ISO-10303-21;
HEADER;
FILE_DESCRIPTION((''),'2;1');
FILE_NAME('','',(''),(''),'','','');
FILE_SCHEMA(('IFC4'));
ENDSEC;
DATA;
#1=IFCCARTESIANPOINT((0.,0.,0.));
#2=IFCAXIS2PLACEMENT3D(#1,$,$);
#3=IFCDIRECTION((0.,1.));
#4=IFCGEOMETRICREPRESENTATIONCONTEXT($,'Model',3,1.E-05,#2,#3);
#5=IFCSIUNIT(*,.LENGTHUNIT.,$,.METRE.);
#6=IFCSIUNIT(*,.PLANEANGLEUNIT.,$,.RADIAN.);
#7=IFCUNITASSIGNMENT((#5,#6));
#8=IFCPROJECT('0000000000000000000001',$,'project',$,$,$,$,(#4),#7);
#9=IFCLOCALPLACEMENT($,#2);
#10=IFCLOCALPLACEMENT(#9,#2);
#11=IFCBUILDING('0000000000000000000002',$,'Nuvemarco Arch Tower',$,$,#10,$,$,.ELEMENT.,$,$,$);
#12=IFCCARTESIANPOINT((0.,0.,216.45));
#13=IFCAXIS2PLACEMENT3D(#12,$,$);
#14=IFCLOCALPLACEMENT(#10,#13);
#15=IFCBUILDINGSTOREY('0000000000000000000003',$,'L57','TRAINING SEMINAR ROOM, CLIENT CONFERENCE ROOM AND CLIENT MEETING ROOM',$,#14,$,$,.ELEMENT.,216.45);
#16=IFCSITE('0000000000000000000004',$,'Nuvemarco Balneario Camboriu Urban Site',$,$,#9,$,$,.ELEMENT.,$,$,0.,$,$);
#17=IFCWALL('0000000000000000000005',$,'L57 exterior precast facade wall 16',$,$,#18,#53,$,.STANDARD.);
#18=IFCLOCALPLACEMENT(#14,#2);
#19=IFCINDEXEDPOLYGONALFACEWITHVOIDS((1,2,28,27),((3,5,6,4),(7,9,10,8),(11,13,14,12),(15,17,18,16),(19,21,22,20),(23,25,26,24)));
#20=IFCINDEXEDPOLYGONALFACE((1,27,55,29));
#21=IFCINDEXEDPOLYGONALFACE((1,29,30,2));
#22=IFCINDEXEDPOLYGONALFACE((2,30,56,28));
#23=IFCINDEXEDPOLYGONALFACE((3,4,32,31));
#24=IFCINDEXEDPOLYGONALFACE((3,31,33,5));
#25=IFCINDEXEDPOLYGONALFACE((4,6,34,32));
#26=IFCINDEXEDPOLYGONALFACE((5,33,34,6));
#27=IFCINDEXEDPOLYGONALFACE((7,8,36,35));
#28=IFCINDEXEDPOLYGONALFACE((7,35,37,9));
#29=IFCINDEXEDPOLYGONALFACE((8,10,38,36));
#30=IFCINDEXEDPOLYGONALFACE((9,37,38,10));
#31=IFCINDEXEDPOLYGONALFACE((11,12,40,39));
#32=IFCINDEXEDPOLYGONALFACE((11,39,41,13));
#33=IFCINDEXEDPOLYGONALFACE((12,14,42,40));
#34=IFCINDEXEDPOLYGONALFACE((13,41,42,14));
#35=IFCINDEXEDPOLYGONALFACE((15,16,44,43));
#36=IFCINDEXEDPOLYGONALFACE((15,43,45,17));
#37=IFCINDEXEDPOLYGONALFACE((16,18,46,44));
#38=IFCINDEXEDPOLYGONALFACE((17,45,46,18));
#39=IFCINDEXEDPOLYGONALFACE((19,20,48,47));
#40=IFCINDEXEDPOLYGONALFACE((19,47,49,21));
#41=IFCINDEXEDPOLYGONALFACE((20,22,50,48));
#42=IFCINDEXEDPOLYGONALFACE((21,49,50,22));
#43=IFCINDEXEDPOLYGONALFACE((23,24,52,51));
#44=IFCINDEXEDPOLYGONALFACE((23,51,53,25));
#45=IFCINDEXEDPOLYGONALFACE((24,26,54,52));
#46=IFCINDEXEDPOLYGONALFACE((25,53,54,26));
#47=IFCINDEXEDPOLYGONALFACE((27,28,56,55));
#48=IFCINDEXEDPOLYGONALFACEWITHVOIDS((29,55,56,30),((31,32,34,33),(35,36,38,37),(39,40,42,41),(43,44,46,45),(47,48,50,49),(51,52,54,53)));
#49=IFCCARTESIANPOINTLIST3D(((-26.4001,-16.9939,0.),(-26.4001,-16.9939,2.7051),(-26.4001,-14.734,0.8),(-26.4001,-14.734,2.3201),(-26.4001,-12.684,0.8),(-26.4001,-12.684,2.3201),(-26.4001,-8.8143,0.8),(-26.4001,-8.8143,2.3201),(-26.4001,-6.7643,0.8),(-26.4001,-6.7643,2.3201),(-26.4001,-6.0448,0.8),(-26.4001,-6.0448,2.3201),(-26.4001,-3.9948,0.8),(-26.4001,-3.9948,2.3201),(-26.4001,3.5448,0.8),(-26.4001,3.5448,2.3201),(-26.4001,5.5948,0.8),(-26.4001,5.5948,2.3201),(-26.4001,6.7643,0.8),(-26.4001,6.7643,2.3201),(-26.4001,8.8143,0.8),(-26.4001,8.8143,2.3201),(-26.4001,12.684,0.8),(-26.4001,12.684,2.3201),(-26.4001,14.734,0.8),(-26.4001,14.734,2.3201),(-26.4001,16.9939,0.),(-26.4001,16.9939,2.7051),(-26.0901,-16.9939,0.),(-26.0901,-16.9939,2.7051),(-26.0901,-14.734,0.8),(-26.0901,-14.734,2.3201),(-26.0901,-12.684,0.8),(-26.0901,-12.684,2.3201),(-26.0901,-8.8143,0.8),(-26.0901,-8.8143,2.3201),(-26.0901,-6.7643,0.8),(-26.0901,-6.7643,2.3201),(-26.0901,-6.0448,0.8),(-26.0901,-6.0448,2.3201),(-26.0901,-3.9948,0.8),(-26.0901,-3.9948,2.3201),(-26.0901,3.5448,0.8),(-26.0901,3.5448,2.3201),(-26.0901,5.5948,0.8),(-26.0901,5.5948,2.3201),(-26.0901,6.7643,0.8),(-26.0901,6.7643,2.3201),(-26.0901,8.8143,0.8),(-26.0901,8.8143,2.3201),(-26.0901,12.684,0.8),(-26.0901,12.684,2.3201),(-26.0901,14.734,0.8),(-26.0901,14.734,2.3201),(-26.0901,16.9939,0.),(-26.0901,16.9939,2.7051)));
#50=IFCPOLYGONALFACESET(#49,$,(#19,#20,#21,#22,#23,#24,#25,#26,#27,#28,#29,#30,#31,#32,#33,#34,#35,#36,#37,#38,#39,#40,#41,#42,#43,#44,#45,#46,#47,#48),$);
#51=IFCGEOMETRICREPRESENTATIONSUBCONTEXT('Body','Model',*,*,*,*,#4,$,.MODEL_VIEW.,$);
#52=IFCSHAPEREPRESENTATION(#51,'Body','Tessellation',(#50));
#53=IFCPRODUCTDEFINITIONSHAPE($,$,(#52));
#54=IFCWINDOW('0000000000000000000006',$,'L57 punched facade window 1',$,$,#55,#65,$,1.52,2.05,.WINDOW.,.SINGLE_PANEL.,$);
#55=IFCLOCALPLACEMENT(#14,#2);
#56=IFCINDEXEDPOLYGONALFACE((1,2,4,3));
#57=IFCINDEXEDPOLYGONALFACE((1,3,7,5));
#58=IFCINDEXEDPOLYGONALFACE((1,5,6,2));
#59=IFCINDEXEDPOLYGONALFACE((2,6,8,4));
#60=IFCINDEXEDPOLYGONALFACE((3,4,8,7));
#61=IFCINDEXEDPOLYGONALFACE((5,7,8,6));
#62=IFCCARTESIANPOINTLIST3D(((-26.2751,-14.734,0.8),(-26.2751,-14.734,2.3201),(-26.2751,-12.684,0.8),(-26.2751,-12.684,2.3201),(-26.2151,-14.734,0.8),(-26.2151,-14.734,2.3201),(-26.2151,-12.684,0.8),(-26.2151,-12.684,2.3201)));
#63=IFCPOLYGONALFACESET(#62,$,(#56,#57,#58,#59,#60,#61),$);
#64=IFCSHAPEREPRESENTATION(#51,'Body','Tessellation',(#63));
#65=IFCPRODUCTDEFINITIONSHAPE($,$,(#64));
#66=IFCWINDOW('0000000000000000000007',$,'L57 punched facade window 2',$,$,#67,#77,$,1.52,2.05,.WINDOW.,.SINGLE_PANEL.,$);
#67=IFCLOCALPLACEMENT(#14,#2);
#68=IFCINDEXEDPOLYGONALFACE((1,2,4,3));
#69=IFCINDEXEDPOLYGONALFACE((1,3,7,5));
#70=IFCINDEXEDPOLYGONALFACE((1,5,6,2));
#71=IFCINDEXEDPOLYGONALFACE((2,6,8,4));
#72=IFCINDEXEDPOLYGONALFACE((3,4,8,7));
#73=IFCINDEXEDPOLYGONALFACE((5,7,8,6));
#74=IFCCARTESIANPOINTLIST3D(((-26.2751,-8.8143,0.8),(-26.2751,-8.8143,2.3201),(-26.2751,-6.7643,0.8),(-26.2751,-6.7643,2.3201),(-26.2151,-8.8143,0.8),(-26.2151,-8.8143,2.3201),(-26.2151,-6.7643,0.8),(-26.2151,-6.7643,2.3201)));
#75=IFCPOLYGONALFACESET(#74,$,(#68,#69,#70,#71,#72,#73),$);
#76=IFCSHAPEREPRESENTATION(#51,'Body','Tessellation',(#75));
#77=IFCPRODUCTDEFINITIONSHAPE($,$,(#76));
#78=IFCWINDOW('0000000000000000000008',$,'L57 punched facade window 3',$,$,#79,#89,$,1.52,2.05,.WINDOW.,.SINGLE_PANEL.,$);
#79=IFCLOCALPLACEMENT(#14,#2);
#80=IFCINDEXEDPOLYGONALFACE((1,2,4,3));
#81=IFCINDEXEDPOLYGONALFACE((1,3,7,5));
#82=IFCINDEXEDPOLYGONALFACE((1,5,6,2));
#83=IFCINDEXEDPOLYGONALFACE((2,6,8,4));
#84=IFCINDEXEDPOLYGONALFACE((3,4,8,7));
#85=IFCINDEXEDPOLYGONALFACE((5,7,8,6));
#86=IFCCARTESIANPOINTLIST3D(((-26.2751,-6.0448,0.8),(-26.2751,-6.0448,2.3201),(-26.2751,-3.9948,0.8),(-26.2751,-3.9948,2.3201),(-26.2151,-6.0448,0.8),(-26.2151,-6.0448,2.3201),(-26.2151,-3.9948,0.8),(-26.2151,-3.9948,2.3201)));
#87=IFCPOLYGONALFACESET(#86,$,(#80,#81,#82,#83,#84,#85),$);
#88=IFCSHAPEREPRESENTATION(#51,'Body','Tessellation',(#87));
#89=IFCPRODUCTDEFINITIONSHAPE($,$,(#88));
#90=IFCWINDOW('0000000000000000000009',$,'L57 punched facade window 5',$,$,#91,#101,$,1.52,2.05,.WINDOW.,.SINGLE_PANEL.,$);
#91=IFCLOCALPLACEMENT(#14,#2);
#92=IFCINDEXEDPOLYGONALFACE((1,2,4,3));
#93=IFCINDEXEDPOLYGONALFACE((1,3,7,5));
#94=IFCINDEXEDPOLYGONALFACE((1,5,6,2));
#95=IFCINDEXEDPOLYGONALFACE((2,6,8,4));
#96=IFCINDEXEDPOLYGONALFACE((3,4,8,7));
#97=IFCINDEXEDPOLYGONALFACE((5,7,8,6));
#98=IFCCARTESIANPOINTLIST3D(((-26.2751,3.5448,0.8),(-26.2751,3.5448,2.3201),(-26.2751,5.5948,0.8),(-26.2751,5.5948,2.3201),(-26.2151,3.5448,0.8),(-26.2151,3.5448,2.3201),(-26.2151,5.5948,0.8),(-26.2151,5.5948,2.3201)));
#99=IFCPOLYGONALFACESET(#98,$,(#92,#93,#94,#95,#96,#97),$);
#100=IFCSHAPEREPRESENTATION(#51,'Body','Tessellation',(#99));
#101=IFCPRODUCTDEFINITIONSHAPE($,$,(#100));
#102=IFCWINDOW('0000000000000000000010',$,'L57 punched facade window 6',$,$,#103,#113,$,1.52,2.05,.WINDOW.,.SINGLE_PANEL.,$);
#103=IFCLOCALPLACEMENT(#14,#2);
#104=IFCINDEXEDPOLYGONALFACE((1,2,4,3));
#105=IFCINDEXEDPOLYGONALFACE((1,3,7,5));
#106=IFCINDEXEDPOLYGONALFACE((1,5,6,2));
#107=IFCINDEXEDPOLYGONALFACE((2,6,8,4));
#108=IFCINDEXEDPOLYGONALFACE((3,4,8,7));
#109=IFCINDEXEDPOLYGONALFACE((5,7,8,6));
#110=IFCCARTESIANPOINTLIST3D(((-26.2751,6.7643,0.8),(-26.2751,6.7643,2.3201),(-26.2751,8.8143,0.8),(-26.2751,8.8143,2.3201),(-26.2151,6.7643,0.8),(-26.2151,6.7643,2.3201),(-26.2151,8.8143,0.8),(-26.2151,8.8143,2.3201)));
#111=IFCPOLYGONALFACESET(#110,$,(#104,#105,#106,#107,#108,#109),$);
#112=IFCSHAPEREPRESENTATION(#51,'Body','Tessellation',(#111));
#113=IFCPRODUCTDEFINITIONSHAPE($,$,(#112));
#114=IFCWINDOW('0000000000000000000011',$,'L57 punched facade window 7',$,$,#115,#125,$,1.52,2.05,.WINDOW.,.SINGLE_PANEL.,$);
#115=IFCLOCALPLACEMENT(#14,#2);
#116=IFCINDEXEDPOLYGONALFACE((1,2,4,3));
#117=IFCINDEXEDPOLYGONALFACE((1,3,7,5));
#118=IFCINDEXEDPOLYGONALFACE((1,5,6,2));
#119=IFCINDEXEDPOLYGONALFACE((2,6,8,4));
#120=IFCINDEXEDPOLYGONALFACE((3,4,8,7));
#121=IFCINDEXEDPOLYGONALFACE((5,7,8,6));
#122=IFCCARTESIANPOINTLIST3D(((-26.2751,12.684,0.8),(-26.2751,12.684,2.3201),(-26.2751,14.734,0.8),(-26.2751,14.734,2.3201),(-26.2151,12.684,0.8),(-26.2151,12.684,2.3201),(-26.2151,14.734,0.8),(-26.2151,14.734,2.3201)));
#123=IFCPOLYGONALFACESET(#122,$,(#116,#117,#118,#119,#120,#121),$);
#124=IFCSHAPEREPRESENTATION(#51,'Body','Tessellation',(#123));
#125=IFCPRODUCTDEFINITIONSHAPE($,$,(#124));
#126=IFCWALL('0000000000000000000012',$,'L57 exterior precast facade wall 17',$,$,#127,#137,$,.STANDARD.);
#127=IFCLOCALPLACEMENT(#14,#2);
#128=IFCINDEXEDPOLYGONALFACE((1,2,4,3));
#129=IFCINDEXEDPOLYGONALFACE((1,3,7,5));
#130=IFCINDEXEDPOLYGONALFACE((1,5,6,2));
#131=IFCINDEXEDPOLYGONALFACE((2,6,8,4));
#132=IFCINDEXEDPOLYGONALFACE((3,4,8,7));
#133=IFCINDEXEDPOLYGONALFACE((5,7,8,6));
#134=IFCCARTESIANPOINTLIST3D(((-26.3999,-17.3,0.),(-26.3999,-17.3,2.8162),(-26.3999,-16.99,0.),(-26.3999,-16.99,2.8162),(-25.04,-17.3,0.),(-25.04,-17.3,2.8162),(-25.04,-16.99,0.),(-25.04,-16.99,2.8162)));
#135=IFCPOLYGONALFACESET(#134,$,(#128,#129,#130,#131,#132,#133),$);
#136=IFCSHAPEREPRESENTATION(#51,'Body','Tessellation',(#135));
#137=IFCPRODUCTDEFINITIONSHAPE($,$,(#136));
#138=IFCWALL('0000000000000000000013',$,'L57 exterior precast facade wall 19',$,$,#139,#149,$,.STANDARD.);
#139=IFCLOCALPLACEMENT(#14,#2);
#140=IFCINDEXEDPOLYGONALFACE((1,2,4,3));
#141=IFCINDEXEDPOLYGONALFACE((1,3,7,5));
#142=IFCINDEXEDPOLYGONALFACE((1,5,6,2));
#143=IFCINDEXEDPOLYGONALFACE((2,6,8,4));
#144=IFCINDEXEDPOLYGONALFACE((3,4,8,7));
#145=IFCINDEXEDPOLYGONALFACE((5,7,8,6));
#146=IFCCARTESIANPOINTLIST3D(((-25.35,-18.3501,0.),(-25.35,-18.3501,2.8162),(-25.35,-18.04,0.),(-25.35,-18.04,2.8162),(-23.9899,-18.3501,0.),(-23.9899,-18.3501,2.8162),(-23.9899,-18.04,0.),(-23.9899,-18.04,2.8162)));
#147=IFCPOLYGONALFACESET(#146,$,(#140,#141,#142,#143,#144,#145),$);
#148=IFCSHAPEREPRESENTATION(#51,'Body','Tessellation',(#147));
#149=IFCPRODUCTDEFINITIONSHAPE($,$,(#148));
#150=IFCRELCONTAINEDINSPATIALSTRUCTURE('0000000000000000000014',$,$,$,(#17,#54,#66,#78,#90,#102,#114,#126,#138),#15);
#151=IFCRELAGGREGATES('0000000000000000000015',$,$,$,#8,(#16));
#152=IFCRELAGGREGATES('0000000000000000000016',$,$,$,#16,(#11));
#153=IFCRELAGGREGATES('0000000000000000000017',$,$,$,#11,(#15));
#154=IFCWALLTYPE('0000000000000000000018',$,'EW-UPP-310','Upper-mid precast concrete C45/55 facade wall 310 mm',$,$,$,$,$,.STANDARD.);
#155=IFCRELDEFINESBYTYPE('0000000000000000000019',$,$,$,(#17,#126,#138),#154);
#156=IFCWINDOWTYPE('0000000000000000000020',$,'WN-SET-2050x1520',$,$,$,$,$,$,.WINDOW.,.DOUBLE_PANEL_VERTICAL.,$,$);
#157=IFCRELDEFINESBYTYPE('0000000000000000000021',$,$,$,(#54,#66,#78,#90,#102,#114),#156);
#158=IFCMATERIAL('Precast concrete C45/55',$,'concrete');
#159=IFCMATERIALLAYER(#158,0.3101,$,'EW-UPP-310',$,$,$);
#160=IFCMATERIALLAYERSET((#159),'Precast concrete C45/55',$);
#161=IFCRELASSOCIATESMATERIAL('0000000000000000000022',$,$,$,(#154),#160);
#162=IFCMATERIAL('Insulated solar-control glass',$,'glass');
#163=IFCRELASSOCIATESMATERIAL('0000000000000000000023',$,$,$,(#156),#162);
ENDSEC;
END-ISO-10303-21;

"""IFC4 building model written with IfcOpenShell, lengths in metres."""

from ifc_helpers import new_model, si_unit, direction, frame, frame_2d, origin, place, context, subcontext, project, spatial, rectangle, extrude, source, transform, mapped, material, layer, layer_set, type_object, type_shapes, element, fill, save


model = new_model("IFC4")

# Units and contexts
model_context = context("Model", 3, precision=1e-05, world=origin(), true_north=direction((0.0, 1.0)))
body_context = subcontext(model_context, "Body", "Model", "MODEL_VIEW")
ifc_project = project(units=[si_unit("LENGTHUNIT", "METRE"), si_unit("PLANEANGLEUNIT", "RADIAN")], contexts=[model_context])

# Site, building, storey
site_placement = place(None, origin())
site = spatial("IfcSite", under=ifc_project, at=site_placement, Name="Nuvemarco Balneario Camboriu Urban Site", CompositionType="ELEMENT", RefElevation=0.0)
building_placement = place(site_placement, origin())
building = spatial("IfcBuilding", under=site, at=building_placement, Name="Nuvemarco Arch Tower", CompositionType="ELEMENT")
storey_placement = place(building_placement, frame((0.0, 0.0, 216.45)))
storey = spatial("IfcBuildingStorey", under=building, at=storey_placement, Name="L57", Description="TRAINING SEMINAR ROOM, CLIENT CONFERENCE ROOM AND CLIENT MEETING ROOM", CompositionType="ELEMENT", Elevation=216.45)

# Shared definitions
ifc_material_1 = material(Name="Precast concrete C45/55", Category="concrete")

# Wall, openings, windows
ifc_layer_1 = layer(ifc_material_1, 0.3101, Name="EW-UPP-310")
ifc_layer_set_1 = layer_set([ifc_layer_1], Name="Precast concrete C45/55")
wall_type_1 = type_object("IfcWallType", Name="EW-UPP-310", Description="Upper-mid precast concrete C45/55 facade wall 310 mm", PredefinedType="STANDARD", material=ifc_layer_set_1)
wall_1_placement = place(storey_placement, frame((-26.2451, -16.9939, 0.0), z_axis=(0.0, 0.0, 1.0), x_axis=(0.0, 1.0, 0.0)))
wall_1 = element("IfcWall", 1, at=wall_1_placement, inside=storey, type_object=wall_type_1, Name="L57 exterior precast facade wall 16", PredefinedType="STANDARD", context=body_context, shape_type="SweptSolid", body=[
    extrude(rectangle(XDim=33.9878, YDim=0.3101, at=frame_2d((16.9939, 0.0))), origin(), (0.0, 0.0, 1.0), 2.7051),
])
opening_1_placement = place(wall_1_placement, frame((2.26, 0.0, 0.8)))
opening_1 = element("IfcOpeningElement", 2, at=opening_1_placement, cuts=wall_1, PredefinedType="OPENING", context=body_context, shape_type="SweptSolid", body=[
    extrude(rectangle(XDim=2.05, YDim=1.52, at=frame_2d((1.0249, 0.76))), frame((0.0, 0.165, 0.0), z_axis=(0.0, -1.0, 0.0), x_axis=(1.0, 0.0, 0.0)), (0.0, 0.0, 1.0), 0.3301),
])
opening_2_placement = place(wall_1_placement, frame((8.1797, 0.0, 0.8)))
opening_2 = element("IfcOpeningElement", 3, at=opening_2_placement, cuts=wall_1, PredefinedType="OPENING", context=body_context, shape_type="SweptSolid", body=[
    extrude(rectangle(XDim=2.05, YDim=1.52, at=frame_2d((1.0249, 0.76))), frame((0.0, 0.165, 0.0), z_axis=(0.0, -1.0, 0.0), x_axis=(1.0, 0.0, 0.0)), (0.0, 0.0, 1.0), 0.3301),
])
opening_3_placement = place(wall_1_placement, frame((10.9492, 0.0, 0.8)))
opening_3 = element("IfcOpeningElement", 4, at=opening_3_placement, cuts=wall_1, PredefinedType="OPENING", context=body_context, shape_type="SweptSolid", body=[
    extrude(rectangle(XDim=2.05, YDim=1.52, at=frame_2d((1.0249, 0.76))), frame((0.0, 0.165, 0.0), z_axis=(0.0, -1.0, 0.0), x_axis=(1.0, 0.0, 0.0)), (0.0, 0.0, 1.0), 0.3301),
])
opening_4_placement = place(wall_1_placement, frame((20.5388, 0.0, 0.8)))
opening_4 = element("IfcOpeningElement", 5, at=opening_4_placement, cuts=wall_1, PredefinedType="OPENING", context=body_context, shape_type="SweptSolid", body=[
    extrude(rectangle(XDim=2.05, YDim=1.52, at=frame_2d((1.0249, 0.76))), frame((0.0, 0.165, 0.0), z_axis=(0.0, -1.0, 0.0), x_axis=(1.0, 0.0, 0.0)), (0.0, 0.0, 1.0), 0.3301),
])
opening_5_placement = place(wall_1_placement, frame((23.7583, 0.0, 0.8)))
opening_5 = element("IfcOpeningElement", 6, at=opening_5_placement, cuts=wall_1, PredefinedType="OPENING", context=body_context, shape_type="SweptSolid", body=[
    extrude(rectangle(XDim=2.05, YDim=1.52, at=frame_2d((1.0249, 0.76))), frame((0.0, 0.165, 0.0), z_axis=(0.0, -1.0, 0.0), x_axis=(1.0, 0.0, 0.0)), (0.0, 0.0, 1.0), 0.3301),
])
opening_6_placement = place(wall_1_placement, frame((29.678, 0.0, 0.8)))
opening_6 = element("IfcOpeningElement", 7, at=opening_6_placement, cuts=wall_1, PredefinedType="OPENING", context=body_context, shape_type="SweptSolid", body=[
    extrude(rectangle(XDim=2.05, YDim=1.52, at=frame_2d((1.0249, 0.76))), frame((0.0, 0.165, 0.0), z_axis=(0.0, -1.0, 0.0), x_axis=(1.0, 0.0, 0.0)), (0.0, 0.0, 1.0), 0.3301),
])
ifc_material_2 = material(Name="Insulated solar-control glass", Category="glass")
window_type = type_object("IfcWindowType", Name="WN-SET-2050x1520", PartitioningType="DOUBLE_PANEL_VERTICAL", PredefinedType="WINDOW", material=ifc_material_2)
shared_shape_1 = source(origin(), body_context, "Body", "SweptSolid", [
    extrude(rectangle(XDim=2.05, YDim=1.52, at=frame_2d((1.0249, 0.76))), frame((0.0, 0.03, 0.0), z_axis=(0.0, -1.0, 0.0), x_axis=(1.0, 0.0, 0.0)), (0.0, 0.0, 1.0), 0.0601),
])
type_shapes(window_type, [shared_shape_1])
window_1_placement = place(opening_1_placement, origin())
window_1 = element("IfcWindow", 8, at=window_1_placement, inside=storey, type_object=window_type, Name="L57 punched facade window 1", OverallHeight=1.52, OverallWidth=2.05, PartitioningType="SINGLE_PANEL", PredefinedType="WINDOW", context=body_context, shape_type="MappedRepresentation", body=[
    mapped(shared_shape_1, transform((0.0, 0.0, 0.0), scale=1.0)),
])
fill(opening_1, window_1)
window_2_placement = place(opening_2_placement, origin())
window_2 = element("IfcWindow", 9, at=window_2_placement, inside=storey, type_object=window_type, Name="L57 punched facade window 2", OverallHeight=1.52, OverallWidth=2.05, PartitioningType="SINGLE_PANEL", PredefinedType="WINDOW", context=body_context, shape_type="MappedRepresentation", body=[
    mapped(shared_shape_1, transform((0.0, 0.0, 0.0), scale=1.0)),
])
fill(opening_2, window_2)
window_3_placement = place(opening_3_placement, origin())
window_3 = element("IfcWindow", 10, at=window_3_placement, inside=storey, type_object=window_type, Name="L57 punched facade window 3", OverallHeight=1.52, OverallWidth=2.05, PartitioningType="SINGLE_PANEL", PredefinedType="WINDOW", context=body_context, shape_type="MappedRepresentation", body=[
    mapped(shared_shape_1, transform((0.0, 0.0, 0.0), scale=1.0)),
])
fill(opening_3, window_3)
window_4_placement = place(opening_4_placement, origin())
window_4 = element("IfcWindow", 11, at=window_4_placement, inside=storey, type_object=window_type, Name="L57 punched facade window 5", OverallHeight=1.52, OverallWidth=2.05, PartitioningType="SINGLE_PANEL", PredefinedType="WINDOW", context=body_context, shape_type="MappedRepresentation", body=[
    mapped(shared_shape_1, transform((0.0, 0.0, 0.0), scale=1.0)),
])
fill(opening_4, window_4)
window_5_placement = place(opening_5_placement, origin())
window_5 = element("IfcWindow", 12, at=window_5_placement, inside=storey, type_object=window_type, Name="L57 punched facade window 6", OverallHeight=1.52, OverallWidth=2.05, PartitioningType="SINGLE_PANEL", PredefinedType="WINDOW", context=body_context, shape_type="MappedRepresentation", body=[
    mapped(shared_shape_1, transform((0.0, 0.0, 0.0), scale=1.0)),
])
fill(opening_5, window_5)
window_6_placement = place(opening_6_placement, origin())
window_6 = element("IfcWindow", 13, at=window_6_placement, inside=storey, type_object=window_type, Name="L57 punched facade window 7", OverallHeight=1.52, OverallWidth=2.05, PartitioningType="SINGLE_PANEL", PredefinedType="WINDOW", context=body_context, shape_type="MappedRepresentation", body=[
    mapped(shared_shape_1, transform((0.0, 0.0, 0.0), scale=1.0)),
])
fill(opening_6, window_6)

# Walls
wall_2_placement = place(storey_placement, frame((-26.3999, -17.145, 0.0), z_axis=(0.0, 0.0, 1.0), x_axis=(1.0, 0.0, 0.0)))
element("IfcWall", 14, at=wall_2_placement, inside=storey, type_object=wall_type_1, Name="L57 exterior precast facade wall 17", PredefinedType="STANDARD", context=body_context, shape_type="SweptSolid", body=[
    extrude(rectangle(XDim=1.3599, YDim=0.3101, at=frame_2d((0.6799, 0.0))), origin(), (0.0, 0.0, 1.0), 2.8162),
])
wall_3_placement = place(storey_placement, frame((-25.3501, -18.1951, 0.0), z_axis=(0.0, 0.0, 1.0), x_axis=(1.0, 0.0, 0.0)))
element("IfcWall", 15, at=wall_3_placement, inside=storey, type_object=wall_type_1, Name="L57 exterior precast facade wall 19", PredefinedType="STANDARD", context=body_context, shape_type="SweptSolid", body=[
    extrude(rectangle(XDim=1.3601, YDim=0.3101, at=frame_2d((0.6802, 0.0))), origin(), (0.0, 0.0, 1.0), 2.8162),
])

save(model, "model.ifc")
